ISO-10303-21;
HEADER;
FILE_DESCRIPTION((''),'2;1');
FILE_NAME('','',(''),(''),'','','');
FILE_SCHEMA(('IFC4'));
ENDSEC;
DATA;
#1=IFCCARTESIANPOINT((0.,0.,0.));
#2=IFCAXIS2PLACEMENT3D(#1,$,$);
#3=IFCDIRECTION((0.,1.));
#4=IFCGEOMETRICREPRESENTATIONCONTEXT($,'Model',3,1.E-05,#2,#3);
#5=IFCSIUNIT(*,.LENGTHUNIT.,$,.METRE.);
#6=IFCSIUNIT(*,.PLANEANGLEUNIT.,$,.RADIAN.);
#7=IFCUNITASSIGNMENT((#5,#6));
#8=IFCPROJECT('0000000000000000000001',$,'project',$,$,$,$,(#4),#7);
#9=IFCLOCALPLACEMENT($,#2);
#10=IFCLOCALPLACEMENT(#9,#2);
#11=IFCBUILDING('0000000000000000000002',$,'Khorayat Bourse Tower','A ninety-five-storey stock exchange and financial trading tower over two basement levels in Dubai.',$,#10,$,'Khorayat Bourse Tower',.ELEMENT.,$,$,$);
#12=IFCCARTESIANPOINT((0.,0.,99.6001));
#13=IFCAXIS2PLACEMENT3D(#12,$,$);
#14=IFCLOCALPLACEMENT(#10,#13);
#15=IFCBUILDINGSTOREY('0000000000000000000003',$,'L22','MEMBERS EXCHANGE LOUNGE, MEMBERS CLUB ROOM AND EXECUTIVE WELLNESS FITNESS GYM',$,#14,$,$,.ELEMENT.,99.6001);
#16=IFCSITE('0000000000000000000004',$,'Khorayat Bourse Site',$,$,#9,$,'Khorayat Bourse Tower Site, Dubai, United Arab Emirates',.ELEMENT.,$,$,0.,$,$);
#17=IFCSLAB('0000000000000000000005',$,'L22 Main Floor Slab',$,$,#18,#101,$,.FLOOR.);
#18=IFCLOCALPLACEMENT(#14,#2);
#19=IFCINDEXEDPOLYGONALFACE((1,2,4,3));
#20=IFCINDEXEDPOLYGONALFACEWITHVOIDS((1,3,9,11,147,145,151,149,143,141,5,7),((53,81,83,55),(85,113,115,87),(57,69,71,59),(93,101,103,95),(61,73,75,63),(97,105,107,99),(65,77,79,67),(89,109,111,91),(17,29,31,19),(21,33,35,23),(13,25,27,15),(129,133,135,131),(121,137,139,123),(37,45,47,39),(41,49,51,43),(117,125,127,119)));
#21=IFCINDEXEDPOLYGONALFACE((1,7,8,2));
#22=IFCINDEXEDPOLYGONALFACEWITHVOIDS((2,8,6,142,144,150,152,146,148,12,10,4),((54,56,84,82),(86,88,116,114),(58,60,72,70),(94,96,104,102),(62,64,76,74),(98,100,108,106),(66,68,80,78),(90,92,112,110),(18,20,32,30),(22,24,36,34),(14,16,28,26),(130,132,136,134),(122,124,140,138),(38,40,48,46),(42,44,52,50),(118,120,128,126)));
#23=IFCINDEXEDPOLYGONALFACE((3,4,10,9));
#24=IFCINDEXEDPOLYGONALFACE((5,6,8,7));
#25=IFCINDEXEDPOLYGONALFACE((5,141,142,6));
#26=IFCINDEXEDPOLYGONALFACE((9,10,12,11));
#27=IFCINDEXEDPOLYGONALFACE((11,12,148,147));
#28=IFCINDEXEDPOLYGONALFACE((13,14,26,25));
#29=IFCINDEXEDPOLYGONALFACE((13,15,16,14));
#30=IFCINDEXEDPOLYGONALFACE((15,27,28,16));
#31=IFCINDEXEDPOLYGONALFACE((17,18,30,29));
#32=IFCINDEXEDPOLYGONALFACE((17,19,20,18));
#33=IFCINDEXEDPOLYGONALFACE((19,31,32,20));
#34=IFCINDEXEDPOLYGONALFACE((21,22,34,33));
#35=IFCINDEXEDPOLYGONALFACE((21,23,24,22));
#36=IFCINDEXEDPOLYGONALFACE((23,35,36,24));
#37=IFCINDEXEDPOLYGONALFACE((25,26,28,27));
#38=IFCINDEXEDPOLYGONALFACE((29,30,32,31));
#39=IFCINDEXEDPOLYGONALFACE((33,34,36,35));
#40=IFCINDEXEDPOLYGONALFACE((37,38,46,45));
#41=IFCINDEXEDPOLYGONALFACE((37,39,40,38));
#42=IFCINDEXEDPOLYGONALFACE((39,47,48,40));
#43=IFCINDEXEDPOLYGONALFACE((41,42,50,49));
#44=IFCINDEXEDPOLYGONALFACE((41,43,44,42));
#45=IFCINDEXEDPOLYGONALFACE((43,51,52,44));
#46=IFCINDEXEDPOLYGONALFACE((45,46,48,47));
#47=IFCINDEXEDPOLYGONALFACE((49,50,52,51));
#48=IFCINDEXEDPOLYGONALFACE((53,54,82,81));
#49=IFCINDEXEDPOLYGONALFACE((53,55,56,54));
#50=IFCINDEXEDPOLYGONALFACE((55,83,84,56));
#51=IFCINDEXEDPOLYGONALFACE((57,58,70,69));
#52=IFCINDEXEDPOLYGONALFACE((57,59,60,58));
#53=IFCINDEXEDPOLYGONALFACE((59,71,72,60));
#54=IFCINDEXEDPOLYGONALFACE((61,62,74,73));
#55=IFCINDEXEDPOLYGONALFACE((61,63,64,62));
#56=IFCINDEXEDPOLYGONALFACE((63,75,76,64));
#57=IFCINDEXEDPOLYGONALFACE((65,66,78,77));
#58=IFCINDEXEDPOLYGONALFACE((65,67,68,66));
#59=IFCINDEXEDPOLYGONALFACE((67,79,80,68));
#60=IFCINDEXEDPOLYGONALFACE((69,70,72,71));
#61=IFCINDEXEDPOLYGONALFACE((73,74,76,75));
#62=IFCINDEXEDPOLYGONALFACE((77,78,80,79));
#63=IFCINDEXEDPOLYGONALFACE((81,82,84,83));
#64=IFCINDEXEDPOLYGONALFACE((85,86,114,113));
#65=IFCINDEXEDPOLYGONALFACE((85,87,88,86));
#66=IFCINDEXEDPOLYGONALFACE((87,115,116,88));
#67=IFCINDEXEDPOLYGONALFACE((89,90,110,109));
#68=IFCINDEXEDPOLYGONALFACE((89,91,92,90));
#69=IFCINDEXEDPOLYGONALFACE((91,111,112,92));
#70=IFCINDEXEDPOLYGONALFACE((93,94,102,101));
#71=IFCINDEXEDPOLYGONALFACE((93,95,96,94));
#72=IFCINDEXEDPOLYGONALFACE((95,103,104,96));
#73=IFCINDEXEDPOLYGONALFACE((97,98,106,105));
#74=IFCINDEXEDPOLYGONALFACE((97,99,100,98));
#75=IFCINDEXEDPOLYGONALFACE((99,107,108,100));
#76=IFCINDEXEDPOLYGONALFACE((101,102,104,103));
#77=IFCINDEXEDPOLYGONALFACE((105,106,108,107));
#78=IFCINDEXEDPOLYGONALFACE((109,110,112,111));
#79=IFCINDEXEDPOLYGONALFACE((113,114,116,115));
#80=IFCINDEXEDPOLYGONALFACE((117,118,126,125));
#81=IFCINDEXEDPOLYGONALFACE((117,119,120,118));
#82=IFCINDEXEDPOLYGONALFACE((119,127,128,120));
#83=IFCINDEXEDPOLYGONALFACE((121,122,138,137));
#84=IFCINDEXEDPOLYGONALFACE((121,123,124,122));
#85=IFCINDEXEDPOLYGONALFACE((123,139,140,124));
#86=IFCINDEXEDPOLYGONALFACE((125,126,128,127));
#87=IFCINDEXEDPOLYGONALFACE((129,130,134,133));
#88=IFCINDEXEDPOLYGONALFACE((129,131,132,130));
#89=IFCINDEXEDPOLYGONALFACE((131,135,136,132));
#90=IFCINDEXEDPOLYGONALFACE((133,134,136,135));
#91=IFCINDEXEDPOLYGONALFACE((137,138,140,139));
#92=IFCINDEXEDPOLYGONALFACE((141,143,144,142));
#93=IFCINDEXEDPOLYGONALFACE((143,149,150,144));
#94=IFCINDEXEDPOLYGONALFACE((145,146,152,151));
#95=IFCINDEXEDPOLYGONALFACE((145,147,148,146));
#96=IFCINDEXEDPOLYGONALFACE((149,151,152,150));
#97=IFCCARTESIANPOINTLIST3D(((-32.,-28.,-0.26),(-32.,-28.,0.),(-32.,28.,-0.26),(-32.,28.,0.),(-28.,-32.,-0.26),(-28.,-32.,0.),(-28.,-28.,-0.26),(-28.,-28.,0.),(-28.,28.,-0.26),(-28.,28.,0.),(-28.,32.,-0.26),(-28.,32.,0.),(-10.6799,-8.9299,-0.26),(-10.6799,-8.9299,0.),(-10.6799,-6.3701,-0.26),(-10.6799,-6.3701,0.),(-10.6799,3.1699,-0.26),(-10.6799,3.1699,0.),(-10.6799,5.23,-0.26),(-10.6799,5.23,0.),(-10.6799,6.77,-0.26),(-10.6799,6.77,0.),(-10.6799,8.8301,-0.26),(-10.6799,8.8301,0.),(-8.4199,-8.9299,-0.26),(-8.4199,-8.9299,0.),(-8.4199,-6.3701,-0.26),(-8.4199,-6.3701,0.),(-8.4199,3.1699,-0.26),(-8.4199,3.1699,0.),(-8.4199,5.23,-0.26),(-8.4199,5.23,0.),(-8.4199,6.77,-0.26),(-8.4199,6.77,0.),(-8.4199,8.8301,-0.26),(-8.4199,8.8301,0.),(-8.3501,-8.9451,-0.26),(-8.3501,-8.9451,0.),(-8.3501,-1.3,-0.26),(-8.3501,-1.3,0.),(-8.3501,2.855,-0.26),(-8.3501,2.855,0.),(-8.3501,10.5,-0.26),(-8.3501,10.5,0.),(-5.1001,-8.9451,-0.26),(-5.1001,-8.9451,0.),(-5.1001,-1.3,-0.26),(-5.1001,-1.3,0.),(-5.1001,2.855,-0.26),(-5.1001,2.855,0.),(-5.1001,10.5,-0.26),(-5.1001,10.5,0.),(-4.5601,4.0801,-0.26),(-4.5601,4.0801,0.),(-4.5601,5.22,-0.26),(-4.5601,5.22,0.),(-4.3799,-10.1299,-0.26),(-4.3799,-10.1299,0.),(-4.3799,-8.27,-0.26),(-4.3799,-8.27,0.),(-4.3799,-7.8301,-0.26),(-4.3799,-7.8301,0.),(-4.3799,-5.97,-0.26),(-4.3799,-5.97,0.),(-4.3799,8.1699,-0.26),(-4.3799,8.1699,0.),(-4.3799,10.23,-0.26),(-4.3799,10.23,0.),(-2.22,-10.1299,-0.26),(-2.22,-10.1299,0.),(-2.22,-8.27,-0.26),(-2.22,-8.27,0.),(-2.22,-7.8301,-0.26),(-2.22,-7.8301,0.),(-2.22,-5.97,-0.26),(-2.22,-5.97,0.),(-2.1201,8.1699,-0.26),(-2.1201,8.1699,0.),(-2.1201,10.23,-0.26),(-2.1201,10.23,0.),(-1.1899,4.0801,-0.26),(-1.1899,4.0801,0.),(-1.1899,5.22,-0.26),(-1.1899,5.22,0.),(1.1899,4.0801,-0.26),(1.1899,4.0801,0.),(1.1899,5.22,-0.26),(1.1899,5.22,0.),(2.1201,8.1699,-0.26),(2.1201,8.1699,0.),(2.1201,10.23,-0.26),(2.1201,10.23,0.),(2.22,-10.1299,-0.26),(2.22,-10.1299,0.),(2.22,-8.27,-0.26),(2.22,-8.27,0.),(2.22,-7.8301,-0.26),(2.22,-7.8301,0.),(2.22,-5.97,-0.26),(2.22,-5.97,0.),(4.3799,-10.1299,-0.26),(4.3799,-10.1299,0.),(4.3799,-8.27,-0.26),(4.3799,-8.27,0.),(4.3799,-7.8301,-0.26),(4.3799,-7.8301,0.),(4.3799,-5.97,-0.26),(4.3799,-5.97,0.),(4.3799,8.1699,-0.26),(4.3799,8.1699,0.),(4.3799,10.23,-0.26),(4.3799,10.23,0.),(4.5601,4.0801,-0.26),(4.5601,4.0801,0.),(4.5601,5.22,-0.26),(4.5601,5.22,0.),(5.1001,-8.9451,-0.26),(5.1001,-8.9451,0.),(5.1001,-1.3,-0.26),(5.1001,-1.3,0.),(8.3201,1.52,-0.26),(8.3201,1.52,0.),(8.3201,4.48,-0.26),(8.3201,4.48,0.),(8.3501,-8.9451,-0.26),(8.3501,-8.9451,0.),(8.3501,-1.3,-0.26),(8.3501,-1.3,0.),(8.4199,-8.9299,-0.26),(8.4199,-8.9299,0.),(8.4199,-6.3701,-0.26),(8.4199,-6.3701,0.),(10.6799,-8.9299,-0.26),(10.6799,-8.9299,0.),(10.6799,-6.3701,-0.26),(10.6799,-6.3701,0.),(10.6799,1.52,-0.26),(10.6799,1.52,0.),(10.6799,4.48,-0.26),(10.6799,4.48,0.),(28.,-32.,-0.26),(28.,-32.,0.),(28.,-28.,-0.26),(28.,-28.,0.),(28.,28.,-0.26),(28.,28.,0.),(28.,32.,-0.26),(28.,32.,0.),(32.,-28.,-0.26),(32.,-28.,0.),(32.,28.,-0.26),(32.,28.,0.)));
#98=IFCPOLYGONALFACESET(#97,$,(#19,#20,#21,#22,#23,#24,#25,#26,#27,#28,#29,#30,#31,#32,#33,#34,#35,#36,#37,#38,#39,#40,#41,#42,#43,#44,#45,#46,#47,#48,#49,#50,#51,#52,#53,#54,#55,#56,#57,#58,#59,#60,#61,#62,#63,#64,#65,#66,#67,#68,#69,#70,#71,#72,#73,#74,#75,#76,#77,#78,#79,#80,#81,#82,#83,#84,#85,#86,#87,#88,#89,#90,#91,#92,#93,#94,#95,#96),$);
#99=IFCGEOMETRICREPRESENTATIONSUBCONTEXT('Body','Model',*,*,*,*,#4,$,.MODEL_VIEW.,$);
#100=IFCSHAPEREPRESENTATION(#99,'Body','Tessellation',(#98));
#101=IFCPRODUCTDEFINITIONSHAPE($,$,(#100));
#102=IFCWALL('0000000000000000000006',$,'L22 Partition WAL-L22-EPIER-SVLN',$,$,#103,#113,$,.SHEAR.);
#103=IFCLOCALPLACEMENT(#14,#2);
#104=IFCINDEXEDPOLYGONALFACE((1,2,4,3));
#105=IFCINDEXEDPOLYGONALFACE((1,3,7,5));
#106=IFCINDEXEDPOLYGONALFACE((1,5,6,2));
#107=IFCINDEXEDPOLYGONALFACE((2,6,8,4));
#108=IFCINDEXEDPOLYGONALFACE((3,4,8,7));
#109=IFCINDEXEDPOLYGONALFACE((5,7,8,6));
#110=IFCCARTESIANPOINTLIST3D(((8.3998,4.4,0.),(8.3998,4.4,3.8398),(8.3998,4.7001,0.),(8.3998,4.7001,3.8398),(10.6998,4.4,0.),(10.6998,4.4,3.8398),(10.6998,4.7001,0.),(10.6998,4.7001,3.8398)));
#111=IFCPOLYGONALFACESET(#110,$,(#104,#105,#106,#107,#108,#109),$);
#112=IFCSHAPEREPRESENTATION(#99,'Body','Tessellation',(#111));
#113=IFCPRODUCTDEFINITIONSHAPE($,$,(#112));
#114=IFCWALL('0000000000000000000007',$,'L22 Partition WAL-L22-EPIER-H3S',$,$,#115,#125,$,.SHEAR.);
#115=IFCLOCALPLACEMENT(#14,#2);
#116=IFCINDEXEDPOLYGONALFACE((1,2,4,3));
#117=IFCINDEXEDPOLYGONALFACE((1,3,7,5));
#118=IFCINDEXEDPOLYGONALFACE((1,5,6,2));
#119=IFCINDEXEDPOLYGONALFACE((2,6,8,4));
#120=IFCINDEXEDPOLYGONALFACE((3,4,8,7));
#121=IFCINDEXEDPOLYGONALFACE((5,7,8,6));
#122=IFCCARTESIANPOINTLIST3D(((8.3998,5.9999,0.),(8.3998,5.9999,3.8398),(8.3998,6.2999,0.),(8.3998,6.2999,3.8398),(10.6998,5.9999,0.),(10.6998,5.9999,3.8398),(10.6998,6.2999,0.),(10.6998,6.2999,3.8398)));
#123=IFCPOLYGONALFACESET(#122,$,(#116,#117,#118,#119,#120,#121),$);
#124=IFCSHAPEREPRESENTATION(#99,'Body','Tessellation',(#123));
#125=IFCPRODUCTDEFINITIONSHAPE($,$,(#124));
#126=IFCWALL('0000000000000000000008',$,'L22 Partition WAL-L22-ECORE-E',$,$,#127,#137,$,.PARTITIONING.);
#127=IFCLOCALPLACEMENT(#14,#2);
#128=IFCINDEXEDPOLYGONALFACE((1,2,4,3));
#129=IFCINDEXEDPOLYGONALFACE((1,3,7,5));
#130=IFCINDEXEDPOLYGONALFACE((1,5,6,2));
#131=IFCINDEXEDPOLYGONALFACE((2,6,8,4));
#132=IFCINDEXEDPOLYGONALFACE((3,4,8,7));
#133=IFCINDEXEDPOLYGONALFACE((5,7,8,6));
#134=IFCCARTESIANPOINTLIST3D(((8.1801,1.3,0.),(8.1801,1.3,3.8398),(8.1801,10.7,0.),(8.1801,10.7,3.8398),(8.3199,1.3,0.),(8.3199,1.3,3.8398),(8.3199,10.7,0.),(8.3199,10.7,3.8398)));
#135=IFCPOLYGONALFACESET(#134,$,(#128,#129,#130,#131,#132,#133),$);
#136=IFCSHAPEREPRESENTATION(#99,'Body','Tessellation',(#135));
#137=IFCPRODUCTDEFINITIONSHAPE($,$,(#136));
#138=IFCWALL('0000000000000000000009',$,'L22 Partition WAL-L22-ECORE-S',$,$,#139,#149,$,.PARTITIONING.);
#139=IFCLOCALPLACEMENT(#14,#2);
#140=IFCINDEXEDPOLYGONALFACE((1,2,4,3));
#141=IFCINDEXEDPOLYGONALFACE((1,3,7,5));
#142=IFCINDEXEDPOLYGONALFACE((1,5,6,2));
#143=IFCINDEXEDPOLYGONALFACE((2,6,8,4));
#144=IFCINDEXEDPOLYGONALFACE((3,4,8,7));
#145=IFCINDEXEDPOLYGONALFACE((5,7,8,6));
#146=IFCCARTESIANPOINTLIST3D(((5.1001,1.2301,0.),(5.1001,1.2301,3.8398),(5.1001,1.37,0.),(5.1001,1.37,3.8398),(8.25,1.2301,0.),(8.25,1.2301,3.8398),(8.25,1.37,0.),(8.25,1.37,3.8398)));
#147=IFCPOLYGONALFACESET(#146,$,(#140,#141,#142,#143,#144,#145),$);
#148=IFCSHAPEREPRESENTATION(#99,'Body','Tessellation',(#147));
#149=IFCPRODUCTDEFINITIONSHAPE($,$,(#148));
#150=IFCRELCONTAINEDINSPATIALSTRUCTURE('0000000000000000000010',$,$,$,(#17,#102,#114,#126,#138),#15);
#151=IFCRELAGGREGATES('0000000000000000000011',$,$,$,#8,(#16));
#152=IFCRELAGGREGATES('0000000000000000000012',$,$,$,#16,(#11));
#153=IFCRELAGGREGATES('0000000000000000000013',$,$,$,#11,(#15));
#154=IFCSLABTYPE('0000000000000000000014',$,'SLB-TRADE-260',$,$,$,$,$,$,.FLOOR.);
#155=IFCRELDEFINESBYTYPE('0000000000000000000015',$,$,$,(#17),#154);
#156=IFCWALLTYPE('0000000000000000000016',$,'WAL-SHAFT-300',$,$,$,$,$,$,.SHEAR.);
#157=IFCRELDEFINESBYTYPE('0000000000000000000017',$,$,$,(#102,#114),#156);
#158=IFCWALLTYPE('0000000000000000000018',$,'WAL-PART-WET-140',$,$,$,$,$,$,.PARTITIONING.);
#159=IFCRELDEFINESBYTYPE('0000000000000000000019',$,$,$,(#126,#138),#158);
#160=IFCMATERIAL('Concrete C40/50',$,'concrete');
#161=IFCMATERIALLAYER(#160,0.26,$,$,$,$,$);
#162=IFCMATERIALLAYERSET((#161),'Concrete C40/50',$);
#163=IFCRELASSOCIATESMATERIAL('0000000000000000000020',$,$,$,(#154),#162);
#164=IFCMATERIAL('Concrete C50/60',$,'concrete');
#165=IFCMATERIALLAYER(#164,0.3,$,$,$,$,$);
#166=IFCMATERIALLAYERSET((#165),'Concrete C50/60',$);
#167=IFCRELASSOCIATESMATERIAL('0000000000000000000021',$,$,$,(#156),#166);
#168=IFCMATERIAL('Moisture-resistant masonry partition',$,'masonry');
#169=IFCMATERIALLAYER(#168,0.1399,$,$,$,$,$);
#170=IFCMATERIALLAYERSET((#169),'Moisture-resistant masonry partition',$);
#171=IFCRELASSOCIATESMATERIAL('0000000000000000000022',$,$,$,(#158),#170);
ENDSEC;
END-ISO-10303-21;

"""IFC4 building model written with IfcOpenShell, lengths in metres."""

from ifc_helpers import new_model, si_unit, direction, frame, frame_2d, origin, place, context, subcontext, project, spatial, polyline, rectangle, outline, extrude, source, transform, mapped, material, layer, layer_set, type_object, element, save


model = new_model("IFC4")

# Units and contexts
model_context = context("Model", 3, precision=1e-05, world=origin(), true_north=direction((0.0, 1.0)))
body_context = subcontext(model_context, "Body", "Model", "MODEL_VIEW")
ifc_project = project(units=[si_unit("LENGTHUNIT", "METRE"), si_unit("PLANEANGLEUNIT", "RADIAN")], contexts=[model_context])

# Site, building, storey
site_placement = place(None, origin())
site = spatial("IfcSite", under=ifc_project, at=site_placement, Name="Khorayat Bourse Site", LongName="Khorayat Bourse Tower Site, Dubai, United Arab Emirates", CompositionType="ELEMENT", RefElevation=0.0)
building_placement = place(site_placement, origin())
building = spatial("IfcBuilding", under=site, at=building_placement, Name="Khorayat Bourse Tower", Description="A ninety-five-storey stock exchange and financial trading tower over two basement levels in Dubai.", LongName="Khorayat Bourse Tower", CompositionType="ELEMENT")
storey_placement = place(building_placement, frame((0.0, 0.0, 99.6001)))
storey = spatial("IfcBuildingStorey", under=building, at=storey_placement, Name="L22", Description="MEMBERS EXCHANGE LOUNGE, MEMBERS CLUB ROOM AND EXECUTIVE WELLNESS FITNESS GYM", CompositionType="ELEMENT", Elevation=99.6001)

# Shared definitions
ifc_material_1 = material(Name="Concrete C40/50", Category="concrete")

# Slab
ifc_layer_1 = layer(ifc_material_1, 0.26)
ifc_layer_set_1 = layer_set([ifc_layer_1], Name="Concrete C40/50")
slab_type_1 = type_object("IfcSlabType", Name="SLB-TRADE-260", PredefinedType="FLOOR", material=ifc_layer_set_1)
slab_1_placement = place(storey_placement, frame((0.0, 0.0, -0.26)))
element("IfcSlab", 1, at=slab_1_placement, inside=storey, type_object=slab_type_1, Name="L22 Main Floor Slab", PredefinedType="FLOOR", context=body_context, shape_type="SweptSolid", body=[
    extrude(outline(polyline([(-28.0, -32.0), (28.0, -32.0), (28.0, -28.0), (32.0, -28.0), (32.0, 28.0), (28.0, 28.0), (28.0, 32.0), (-28.0, 32.0), (-28.0, 28.0), (-32.0, 28.0), (-32.0, -28.0), (-28.0, -28.0), (-28.0, -32.0)]), holes=[polyline([(-8.3501, -8.9451), (-5.1001, -8.9451), (-5.1001, -1.3), (-8.3501, -1.3), (-8.3501, -8.9451)]), polyline([(-8.3501, 2.855), (-5.1001, 2.855), (-5.1001, 10.5), (-8.3501, 10.5), (-8.3501, 2.855)]), polyline([(5.1001, -8.9451), (8.3501, -8.9451), (8.3501, -1.3), (5.1001, -1.3), (5.1001, -8.9451)]), polyline([(-4.3799, -10.1299), (-2.22, -10.1299), (-2.22, -8.27), (-4.3799, -8.27), (-4.3799, -10.1299)]), polyline([(2.22, -10.1299), (4.3799, -10.1299), (4.3799, -8.27), (2.22, -8.27), (2.22, -10.1299)]), polyline([(-4.3799, -7.8301), (-2.22, -7.8301), (-2.22, -5.97), (-4.3799, -5.97), (-4.3799, -7.8301)]), polyline([(2.22, -7.8301), (4.3799, -7.8301), (4.3799, -5.97), (2.22, -5.97), (2.22, -7.8301)]), polyline([(-4.3799, 8.1699), (-2.1201, 8.1699), (-2.1201, 10.23), (-4.3799, 10.23), (-4.3799, 8.1699)]), polyline([(2.1201, 8.1699), (4.3799, 8.1699), (4.3799, 10.23), (2.1201, 10.23), (2.1201, 8.1699)]), polyline([(-10.6799, 3.1699), (-8.4199, 3.1699), (-8.4199, 5.23), (-10.6799, 5.23), (-10.6799, 3.1699)]), polyline([(-10.6799, 6.77), (-8.4199, 6.77), (-8.4199, 8.8301), (-10.6799, 8.8301), (-10.6799, 6.77)]), polyline([(-10.6799, -8.9299), (-8.4199, -8.9299), (-8.4199, -6.3701), (-10.6799, -6.3701), (-10.6799, -8.9299)]), polyline([(8.4199, -8.9299), (10.6799, -8.9299), (10.6799, -6.3701), (8.4199, -6.3701), (8.4199, -8.9299)]), polyline([(8.3201, 1.52), (10.6799, 1.52), (10.6799, 4.48), (8.3201, 4.48), (8.3201, 1.52)]), polyline([(-4.5601, 4.0801), (-1.1899, 4.0801), (-1.1899, 5.22), (-4.5601, 5.22), (-4.5601, 4.0801)]), polyline([(1.1899, 4.0801), (4.5601, 4.0801), (4.5601, 5.22), (1.1899, 5.22), (1.1899, 4.0801)])]), origin(), (0.0, 0.0, 1.0), 0.26),
])

# Walls
ifc_material_2 = material(Name="Concrete C50/60", Category="concrete")
ifc_layer_2 = layer(ifc_material_2, 0.3)
ifc_layer_set_2 = layer_set([ifc_layer_2], Name="Concrete C50/60")
wall_type_1 = type_object("IfcWallType", Name="WAL-SHAFT-300", PredefinedType="SHEAR", material=ifc_layer_set_2)
shared_shape_1 = source(origin(), body_context, "Body", "SweptSolid", [
    extrude(rectangle(XDim=2.3, YDim=0.3, at=frame_2d((1.1499, 0.0))), origin(), (0.0, 0.0, 1.0), 3.8398),
])
for number, where, z_axis, x_axis, name in (
    (2, (8.3999, 4.55, 0.0), (0.0, 0.0, 1.0), (1.0, 0.0, 0.0), "L22 Partition WAL-L22-EPIER-SVLN"),
    (3, (8.3999, 6.1499, 0.0), (0.0, 0.0, 1.0), (1.0, 0.0, 0.0), "L22 Partition WAL-L22-EPIER-H3S"),
):
    element("IfcWall", number, at=place(storey_placement, frame(where, z_axis=z_axis, x_axis=x_axis)), inside=storey, type_object=wall_type_1, Name=name, PredefinedType="SHEAR", context=body_context, shape_type="MappedRepresentation", body=[
        mapped(shared_shape_1, transform((0.0, 0.0, 0.0), scale=1.0)),
    ])
ifc_material_3 = material(Name="Moisture-resistant masonry partition", Category="masonry")
ifc_layer_3 = layer(ifc_material_3, 0.1399)
ifc_layer_set_3 = layer_set([ifc_layer_3], Name="Moisture-resistant masonry partition")
wall_type_2 = type_object("IfcWallType", Name="WAL-PART-WET-140", PredefinedType="PARTITIONING", material=ifc_layer_set_3)
shared_shape_2 = source(origin(), body_context, "Body", "SweptSolid", [
    extrude(rectangle(XDim=9.3999, YDim=0.1399, at=frame_2d((4.7, 0.0))), origin(), (0.0, 0.0, 1.0), 3.8398),
])
wall_1_placement = place(storey_placement, frame((8.25, 1.3, 0.0), z_axis=(0.0, 0.0, 1.0), x_axis=(0.0, 1.0, 0.0)))
element("IfcWall", 4, at=wall_1_placement, inside=storey, type_object=wall_type_2, Name="L22 Partition WAL-L22-ECORE-E", PredefinedType="PARTITIONING", context=body_context, shape_type="MappedRepresentation", body=[
    mapped(shared_shape_2, transform((0.0, 0.0, 0.0), scale=1.0)),
])
shared_shape_3 = source(origin(), body_context, "Body", "SweptSolid", [
    extrude(rectangle(XDim=3.1499, YDim=0.1399, at=frame_2d((1.575, 0.0))), origin(), (0.0, 0.0, 1.0), 3.8398),
])
wall_2_placement = place(storey_placement, frame((5.1001, 1.3, 0.0), z_axis=(0.0, 0.0, 1.0), x_axis=(1.0, 0.0, 0.0)))
element("IfcWall", 5, at=wall_2_placement, inside=storey, type_object=wall_type_2, Name="L22 Partition WAL-L22-ECORE-S", PredefinedType="PARTITIONING", context=body_context, shape_type="MappedRepresentation", body=[
    mapped(shared_shape_3, transform((0.0, 0.0, 0.0), scale=1.0)),
])

save(model, "model.ifc")
